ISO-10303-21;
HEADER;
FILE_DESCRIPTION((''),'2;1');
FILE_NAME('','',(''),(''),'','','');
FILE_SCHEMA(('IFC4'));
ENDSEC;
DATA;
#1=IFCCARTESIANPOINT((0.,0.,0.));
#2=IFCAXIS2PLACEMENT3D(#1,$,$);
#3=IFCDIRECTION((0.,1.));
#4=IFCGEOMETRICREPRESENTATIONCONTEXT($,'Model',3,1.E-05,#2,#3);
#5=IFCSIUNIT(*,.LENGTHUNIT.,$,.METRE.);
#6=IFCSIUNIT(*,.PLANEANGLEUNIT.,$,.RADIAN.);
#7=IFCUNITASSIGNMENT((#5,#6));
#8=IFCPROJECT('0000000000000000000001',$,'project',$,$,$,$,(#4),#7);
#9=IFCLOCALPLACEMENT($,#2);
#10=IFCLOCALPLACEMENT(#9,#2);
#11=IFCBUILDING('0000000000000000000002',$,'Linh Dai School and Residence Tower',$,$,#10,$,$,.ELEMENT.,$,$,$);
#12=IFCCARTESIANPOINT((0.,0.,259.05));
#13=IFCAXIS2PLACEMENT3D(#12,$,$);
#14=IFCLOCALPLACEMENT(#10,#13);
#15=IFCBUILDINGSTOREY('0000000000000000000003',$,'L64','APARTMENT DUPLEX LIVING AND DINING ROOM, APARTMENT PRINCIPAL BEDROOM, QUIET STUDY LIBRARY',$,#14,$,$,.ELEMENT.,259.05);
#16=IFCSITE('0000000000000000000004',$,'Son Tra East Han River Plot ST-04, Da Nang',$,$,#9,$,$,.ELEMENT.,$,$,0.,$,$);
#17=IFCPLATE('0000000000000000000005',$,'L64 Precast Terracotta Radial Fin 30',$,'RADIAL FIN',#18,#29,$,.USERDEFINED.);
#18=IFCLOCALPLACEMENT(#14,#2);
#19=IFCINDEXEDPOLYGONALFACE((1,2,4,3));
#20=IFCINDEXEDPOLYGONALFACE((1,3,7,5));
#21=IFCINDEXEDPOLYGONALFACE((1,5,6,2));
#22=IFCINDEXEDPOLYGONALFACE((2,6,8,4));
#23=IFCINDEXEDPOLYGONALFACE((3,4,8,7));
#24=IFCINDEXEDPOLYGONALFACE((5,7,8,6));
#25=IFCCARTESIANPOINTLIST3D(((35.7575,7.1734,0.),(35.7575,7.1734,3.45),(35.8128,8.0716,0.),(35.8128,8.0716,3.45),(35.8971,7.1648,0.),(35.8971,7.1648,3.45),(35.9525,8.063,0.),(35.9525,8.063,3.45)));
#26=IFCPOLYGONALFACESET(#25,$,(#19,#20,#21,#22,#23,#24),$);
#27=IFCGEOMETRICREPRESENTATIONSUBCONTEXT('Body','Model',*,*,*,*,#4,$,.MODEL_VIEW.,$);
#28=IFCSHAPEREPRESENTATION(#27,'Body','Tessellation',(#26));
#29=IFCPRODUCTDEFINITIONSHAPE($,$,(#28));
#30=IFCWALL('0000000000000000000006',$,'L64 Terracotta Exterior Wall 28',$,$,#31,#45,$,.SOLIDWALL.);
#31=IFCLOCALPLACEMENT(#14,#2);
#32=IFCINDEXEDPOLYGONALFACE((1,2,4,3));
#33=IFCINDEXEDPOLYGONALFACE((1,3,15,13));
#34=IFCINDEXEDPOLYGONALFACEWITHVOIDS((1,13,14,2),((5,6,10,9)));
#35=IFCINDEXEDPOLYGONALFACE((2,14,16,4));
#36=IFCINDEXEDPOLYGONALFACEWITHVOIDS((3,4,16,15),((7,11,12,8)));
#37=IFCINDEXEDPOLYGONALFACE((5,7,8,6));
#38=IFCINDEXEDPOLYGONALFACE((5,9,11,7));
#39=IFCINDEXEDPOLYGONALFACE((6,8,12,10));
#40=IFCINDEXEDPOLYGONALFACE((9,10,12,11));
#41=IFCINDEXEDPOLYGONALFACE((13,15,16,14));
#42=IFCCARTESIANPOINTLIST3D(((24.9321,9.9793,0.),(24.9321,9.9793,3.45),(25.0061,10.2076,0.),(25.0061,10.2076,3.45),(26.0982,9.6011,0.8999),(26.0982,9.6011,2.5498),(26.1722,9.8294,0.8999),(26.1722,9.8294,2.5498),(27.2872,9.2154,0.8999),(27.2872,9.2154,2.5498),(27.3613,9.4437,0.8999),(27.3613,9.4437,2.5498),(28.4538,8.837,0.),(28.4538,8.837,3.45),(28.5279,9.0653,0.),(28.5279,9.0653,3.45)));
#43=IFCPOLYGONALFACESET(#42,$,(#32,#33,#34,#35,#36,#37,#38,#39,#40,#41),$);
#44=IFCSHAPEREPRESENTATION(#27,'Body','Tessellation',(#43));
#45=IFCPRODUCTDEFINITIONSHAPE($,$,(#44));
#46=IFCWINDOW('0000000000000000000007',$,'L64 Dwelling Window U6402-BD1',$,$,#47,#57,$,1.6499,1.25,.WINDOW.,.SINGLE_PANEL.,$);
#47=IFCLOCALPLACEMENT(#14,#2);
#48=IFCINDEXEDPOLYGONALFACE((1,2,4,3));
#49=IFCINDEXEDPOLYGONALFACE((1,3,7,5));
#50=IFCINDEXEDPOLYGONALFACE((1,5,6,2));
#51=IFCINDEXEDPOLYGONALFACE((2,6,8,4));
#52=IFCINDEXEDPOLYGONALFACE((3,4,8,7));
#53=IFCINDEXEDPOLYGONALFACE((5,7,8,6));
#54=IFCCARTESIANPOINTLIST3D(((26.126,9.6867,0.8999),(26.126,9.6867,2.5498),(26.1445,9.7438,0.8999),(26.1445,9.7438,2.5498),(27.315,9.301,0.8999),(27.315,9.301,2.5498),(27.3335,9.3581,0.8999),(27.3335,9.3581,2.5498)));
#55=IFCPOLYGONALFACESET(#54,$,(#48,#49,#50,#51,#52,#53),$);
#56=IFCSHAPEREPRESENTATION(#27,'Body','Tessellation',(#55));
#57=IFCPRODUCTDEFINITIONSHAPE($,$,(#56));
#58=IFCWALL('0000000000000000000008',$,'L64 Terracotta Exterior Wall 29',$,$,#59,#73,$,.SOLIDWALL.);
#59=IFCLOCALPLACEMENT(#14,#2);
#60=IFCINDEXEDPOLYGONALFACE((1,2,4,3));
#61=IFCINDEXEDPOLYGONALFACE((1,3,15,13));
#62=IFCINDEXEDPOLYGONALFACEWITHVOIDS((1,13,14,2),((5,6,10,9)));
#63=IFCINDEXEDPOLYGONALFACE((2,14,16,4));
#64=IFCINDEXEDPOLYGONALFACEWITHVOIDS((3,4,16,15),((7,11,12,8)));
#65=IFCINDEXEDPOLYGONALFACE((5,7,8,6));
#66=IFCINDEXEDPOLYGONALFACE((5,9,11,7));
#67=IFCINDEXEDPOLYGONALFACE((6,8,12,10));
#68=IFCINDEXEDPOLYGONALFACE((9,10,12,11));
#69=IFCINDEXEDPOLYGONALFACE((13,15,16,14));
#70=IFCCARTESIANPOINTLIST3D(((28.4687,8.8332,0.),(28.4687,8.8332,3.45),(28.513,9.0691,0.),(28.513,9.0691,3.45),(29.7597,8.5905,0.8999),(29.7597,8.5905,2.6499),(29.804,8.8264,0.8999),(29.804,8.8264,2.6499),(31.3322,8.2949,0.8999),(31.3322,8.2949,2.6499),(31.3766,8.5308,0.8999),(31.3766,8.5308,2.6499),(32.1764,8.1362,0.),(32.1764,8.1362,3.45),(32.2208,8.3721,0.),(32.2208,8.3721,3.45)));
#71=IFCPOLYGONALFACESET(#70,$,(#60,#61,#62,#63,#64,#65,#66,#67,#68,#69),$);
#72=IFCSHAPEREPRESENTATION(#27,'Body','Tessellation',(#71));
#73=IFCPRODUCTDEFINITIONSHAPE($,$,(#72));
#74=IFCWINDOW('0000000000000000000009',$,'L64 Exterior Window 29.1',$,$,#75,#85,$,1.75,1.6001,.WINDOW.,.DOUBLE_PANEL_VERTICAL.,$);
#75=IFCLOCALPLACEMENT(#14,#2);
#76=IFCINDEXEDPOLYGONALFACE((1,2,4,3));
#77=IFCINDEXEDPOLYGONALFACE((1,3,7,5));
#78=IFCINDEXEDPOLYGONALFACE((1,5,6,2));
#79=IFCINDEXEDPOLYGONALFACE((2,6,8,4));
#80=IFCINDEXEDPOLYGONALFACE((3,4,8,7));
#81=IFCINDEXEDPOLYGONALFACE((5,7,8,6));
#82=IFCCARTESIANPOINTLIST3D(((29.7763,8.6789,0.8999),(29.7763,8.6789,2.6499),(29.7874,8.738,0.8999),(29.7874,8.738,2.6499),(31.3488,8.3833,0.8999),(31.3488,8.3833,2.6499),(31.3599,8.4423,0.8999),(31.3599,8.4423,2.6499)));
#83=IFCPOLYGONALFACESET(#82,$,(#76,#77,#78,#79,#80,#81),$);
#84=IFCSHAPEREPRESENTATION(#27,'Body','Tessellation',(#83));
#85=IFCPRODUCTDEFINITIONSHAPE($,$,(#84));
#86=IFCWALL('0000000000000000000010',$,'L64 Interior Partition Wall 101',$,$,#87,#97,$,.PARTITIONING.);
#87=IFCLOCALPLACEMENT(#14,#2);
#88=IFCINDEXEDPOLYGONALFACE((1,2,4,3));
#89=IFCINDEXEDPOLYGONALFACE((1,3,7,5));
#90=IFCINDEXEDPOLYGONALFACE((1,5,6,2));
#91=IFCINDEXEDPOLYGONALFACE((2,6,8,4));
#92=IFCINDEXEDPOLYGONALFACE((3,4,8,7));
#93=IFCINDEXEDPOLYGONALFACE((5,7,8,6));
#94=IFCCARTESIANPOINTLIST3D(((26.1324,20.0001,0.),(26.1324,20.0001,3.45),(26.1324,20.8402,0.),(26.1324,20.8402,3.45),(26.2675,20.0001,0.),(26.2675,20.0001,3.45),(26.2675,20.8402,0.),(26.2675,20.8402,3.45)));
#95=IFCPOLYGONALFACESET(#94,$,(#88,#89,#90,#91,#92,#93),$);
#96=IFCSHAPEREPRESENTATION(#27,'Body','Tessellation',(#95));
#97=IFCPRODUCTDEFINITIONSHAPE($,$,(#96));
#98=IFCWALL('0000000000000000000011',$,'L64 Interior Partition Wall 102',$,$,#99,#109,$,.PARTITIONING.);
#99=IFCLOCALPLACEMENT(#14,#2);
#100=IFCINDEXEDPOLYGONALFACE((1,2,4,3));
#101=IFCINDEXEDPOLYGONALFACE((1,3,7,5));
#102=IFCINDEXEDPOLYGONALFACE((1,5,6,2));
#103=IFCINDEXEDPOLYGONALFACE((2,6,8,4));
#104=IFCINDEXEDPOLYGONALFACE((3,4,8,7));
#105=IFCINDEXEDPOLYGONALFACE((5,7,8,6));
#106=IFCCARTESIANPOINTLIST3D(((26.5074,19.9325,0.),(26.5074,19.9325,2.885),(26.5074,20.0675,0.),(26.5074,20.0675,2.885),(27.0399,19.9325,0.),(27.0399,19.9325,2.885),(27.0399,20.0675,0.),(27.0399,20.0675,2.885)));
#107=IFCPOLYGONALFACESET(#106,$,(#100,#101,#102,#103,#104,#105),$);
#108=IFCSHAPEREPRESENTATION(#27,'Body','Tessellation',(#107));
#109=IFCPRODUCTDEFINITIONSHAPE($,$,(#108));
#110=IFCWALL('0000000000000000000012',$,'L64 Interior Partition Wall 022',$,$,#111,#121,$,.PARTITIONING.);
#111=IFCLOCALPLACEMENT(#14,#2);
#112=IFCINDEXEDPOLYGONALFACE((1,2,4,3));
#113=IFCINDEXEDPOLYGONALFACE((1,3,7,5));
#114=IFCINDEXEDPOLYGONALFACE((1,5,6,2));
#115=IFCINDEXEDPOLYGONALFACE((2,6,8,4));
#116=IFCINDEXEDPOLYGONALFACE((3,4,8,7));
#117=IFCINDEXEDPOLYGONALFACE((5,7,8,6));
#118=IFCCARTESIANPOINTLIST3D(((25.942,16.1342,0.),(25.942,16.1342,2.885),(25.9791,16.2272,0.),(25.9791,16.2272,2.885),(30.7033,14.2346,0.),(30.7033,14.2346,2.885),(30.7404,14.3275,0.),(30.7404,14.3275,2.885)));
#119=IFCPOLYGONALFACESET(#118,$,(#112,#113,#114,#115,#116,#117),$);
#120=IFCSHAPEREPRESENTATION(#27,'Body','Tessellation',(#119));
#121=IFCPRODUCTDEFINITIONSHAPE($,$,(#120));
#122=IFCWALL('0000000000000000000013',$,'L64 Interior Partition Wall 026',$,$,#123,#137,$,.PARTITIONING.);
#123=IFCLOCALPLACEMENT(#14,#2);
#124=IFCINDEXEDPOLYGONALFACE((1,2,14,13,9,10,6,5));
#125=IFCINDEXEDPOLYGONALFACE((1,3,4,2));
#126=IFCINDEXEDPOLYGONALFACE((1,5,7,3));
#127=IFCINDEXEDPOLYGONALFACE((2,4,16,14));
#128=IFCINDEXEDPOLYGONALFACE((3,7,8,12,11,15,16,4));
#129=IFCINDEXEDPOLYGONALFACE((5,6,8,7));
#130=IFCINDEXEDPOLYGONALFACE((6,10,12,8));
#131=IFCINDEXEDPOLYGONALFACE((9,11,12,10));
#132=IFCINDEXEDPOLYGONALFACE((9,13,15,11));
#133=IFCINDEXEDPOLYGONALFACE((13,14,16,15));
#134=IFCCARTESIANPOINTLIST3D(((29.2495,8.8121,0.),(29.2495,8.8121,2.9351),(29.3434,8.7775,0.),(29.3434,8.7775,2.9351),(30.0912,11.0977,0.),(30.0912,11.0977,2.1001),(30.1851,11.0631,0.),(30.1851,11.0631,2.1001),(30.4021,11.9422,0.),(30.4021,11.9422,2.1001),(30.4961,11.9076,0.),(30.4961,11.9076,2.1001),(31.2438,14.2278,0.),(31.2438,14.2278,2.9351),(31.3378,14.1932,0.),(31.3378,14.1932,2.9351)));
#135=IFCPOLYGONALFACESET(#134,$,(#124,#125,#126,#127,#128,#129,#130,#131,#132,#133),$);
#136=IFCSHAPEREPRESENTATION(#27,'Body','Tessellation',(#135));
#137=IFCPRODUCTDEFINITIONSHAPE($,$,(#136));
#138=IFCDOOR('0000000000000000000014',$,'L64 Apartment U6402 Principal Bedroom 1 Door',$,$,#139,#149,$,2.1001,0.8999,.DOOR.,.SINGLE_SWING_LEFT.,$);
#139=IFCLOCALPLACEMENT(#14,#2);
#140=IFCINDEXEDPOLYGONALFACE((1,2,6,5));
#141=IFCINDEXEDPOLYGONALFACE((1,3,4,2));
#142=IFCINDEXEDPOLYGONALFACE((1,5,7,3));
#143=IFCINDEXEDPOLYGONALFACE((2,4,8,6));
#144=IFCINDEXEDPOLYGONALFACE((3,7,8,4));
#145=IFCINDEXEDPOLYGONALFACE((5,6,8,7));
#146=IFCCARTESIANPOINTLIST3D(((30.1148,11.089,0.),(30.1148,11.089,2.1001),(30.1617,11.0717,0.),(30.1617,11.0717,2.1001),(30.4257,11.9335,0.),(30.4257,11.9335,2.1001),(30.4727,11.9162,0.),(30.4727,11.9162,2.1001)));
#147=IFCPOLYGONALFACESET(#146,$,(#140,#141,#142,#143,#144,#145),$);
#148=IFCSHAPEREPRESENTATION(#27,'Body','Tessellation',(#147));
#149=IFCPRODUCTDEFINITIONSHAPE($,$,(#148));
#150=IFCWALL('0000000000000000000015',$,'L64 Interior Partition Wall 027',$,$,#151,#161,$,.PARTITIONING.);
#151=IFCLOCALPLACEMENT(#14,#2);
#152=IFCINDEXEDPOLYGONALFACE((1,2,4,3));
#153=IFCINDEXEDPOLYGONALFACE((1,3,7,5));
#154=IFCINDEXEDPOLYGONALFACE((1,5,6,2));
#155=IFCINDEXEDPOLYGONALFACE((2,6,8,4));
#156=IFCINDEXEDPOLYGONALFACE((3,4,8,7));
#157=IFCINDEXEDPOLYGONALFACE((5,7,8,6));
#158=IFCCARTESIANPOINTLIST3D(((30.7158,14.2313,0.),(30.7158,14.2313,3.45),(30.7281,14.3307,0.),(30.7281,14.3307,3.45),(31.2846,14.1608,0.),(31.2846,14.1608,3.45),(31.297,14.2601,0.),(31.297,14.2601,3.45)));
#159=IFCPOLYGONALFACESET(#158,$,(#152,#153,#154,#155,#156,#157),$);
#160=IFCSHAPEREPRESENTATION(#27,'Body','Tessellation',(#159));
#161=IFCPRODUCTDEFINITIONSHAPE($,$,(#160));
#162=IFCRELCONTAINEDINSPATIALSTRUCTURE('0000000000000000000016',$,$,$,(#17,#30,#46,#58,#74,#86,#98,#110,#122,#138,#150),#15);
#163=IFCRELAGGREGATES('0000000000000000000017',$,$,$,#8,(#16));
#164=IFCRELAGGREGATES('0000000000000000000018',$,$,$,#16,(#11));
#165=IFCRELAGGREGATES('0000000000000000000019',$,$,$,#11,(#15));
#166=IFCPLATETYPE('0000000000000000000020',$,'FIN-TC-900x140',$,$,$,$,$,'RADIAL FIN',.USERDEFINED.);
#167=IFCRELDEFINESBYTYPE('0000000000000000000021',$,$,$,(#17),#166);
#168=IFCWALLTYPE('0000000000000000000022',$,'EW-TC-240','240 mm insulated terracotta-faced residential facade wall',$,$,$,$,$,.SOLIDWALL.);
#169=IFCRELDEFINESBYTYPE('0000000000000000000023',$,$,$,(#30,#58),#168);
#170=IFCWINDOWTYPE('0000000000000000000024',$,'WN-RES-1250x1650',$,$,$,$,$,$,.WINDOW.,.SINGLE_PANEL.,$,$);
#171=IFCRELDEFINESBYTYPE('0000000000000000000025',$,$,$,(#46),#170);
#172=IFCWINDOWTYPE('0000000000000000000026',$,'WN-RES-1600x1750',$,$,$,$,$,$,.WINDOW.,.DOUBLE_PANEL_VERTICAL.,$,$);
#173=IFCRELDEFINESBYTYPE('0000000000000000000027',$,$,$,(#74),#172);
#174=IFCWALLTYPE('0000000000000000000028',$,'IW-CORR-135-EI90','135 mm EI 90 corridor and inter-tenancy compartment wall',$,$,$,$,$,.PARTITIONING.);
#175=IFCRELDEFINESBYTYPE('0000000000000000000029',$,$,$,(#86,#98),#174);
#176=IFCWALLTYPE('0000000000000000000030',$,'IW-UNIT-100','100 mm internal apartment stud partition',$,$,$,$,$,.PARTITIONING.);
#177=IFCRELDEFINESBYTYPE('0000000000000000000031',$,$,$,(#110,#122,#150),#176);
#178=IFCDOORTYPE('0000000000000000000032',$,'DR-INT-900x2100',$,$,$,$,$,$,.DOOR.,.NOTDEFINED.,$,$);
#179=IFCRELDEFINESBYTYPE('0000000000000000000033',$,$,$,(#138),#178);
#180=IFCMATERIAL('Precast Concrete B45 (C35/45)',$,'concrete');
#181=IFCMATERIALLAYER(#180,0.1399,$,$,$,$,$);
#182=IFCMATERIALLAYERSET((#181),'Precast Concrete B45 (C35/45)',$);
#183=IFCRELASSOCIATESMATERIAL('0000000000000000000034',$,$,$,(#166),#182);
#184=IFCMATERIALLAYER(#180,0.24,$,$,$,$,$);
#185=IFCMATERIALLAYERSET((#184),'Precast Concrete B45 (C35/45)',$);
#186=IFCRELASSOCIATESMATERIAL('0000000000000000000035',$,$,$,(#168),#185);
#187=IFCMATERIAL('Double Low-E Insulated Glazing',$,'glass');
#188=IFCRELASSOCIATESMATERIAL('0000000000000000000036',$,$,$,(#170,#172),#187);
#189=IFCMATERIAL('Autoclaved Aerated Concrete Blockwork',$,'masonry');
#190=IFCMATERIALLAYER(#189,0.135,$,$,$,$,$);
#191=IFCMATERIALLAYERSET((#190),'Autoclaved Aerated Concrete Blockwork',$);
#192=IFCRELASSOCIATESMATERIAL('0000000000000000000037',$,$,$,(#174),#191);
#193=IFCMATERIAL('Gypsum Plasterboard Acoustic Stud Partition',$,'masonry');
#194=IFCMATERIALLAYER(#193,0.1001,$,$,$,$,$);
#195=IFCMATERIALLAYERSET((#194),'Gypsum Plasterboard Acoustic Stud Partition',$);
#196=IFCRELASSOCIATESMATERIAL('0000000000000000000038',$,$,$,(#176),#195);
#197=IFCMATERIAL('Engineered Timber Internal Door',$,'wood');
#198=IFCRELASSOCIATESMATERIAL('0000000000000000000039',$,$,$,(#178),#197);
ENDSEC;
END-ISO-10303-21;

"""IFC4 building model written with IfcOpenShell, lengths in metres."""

from ifc_helpers import new_model, si_unit, direction, frame, frame_2d, origin, origin_2d, place, context, subcontext, project, spatial, rectangle, extrude, source, transform, mapped, material, layer, layer_set, type_object, element, fill, save


model = new_model("IFC4")

# Units and contexts
model_context = context("Model", 3, precision=1e-05, world=origin(), true_north=direction((0.0, 1.0)))
body_context = subcontext(model_context, "Body", "Model", "MODEL_VIEW")
ifc_project = project(units=[si_unit("LENGTHUNIT", "METRE"), si_unit("PLANEANGLEUNIT", "RADIAN")], contexts=[model_context])

# Site, building, storey
site_placement = place(None, origin())
site = spatial("IfcSite", under=ifc_project, at=site_placement, Name="Son Tra East Han River Plot ST-04, Da Nang", CompositionType="ELEMENT", RefElevation=0.0)
building_placement = place(site_placement, origin())
building = spatial("IfcBuilding", under=site, at=building_placement, Name="Linh Dai School and Residence Tower", CompositionType="ELEMENT")
storey_placement = place(building_placement, frame((0.0, 0.0, 259.05)))
storey = spatial("IfcBuildingStorey", under=building, at=storey_placement, Name="L64", Description="APARTMENT DUPLEX LIVING AND DINING ROOM, APARTMENT PRINCIPAL BEDROOM, QUIET STUDY LIBRARY", CompositionType="ELEMENT", Elevation=259.05)

# Plate
ifc_material_1 = material(Name="Precast Concrete B45 (C35/45)", Category="concrete")
ifc_layer_1 = layer(ifc_material_1, 0.1399)
ifc_layer_set_1 = layer_set([ifc_layer_1], Name="Precast Concrete B45 (C35/45)")
plate_type = type_object("IfcPlateType", Name="FIN-TC-900x140", ElementType="RADIAL FIN", PredefinedType="USERDEFINED", material=ifc_layer_set_1)
shared_shape_1 = source(origin(), body_context, "Body", "SweptSolid", [
    extrude(rectangle(XDim=0.8999, YDim=0.1399, at=origin_2d()), origin(), (0.0, 0.0, 1.0), 3.45),
])
plate_placement = place(storey_placement, frame((35.855, 7.6182, 0.0), z_axis=(0.0, 0.0, 1.0), x_axis=(-0.061504, -0.998107, 0.0)))
element("IfcPlate", 1, at=plate_placement, inside=storey, type_object=plate_type, Name="L64 Precast Terracotta Radial Fin 30", ObjectType="RADIAL FIN", PredefinedType="USERDEFINED", context=body_context, shape_type="MappedRepresentation", body=[
    mapped(shared_shape_1, transform((0.0, 0.0, 0.0), x_axis=(1.0, 0.0, 0.0), y_axis=(0.0, 1.0, 0.0), z_axis=(0.0, 0.0, 1.0), scale=1.0)),
])

# Walls, openings, windows
ifc_layer_2 = layer(ifc_material_1, 0.24)
ifc_layer_set_2 = layer_set([ifc_layer_2], Name="Precast Concrete B45 (C35/45)")
wall_type_1 = type_object("IfcWallType", Name="EW-TC-240", Description="240 mm insulated terracotta-faced residential facade wall", PredefinedType="SOLIDWALL", material=ifc_layer_set_2)
wall_1_placement = place(storey_placement, frame((28.4907, 8.9512, 0.0), z_axis=(0.0, 0.0, 1.0), x_axis=(-0.951211, 0.308542, 0.0)))
wall_1 = element("IfcWall", 2, at=wall_1_placement, inside=storey, type_object=wall_type_1, Name="L64 Terracotta Exterior Wall 28", PredefinedType="SOLIDWALL", context=body_context, shape_type="SweptSolid", body=[
    extrude(rectangle(XDim=3.7024, YDim=0.24, at=frame_2d((1.8511, 0.0))), origin(), (0.0, 0.0, 1.0), 3.45),
])
opening_1_placement = place(wall_1_placement, frame((1.2263, 0.0, 0.8999)))
opening_1 = element("IfcOpeningElement", 3, at=opening_1_placement, cuts=wall_1, PredefinedType="OPENING", context=body_context, shape_type="SweptSolid", body=[
    extrude(rectangle(XDim=1.25, YDim=1.6499, at=origin_2d()), frame((0.625, 0.1299, 0.825), z_axis=(0.0, -1.0, 0.0), x_axis=(1.0, 0.0, 0.0)), (0.0, 0.0, 1.0), 0.26),
])
ifc_material_2 = material(Name="Double Low-E Insulated Glazing", Category="glass")
window_type_1 = type_object("IfcWindowType", Name="WN-RES-1250x1650", PartitioningType="SINGLE_PANEL", PredefinedType="WINDOW", material=ifc_material_2)
shared_shape_2 = source(origin(), body_context, "Body", "SweptSolid", [
    extrude(rectangle(XDim=1.25, YDim=1.6499, at=origin_2d()), frame((0.625, 0.03, 0.825), z_axis=(0.0, -1.0, 0.0), x_axis=(1.0, 0.0, 0.0)), (0.0, 0.0, 1.0), 0.0601),
])
window_1_placement = place(opening_1_placement, origin())
window_1 = element("IfcWindow", 4, at=window_1_placement, inside=storey, type_object=window_type_1, Name="L64 Dwelling Window U6402-BD1", OverallHeight=1.6499, OverallWidth=1.25, PartitioningType="SINGLE_PANEL", PredefinedType="WINDOW", context=body_context, shape_type="MappedRepresentation", body=[
    mapped(shared_shape_2, transform((0.0, 0.0, 0.0), x_axis=(1.0, 0.0, 0.0), y_axis=(0.0, 1.0, 0.0), z_axis=(0.0, 0.0, 1.0), scale=1.0)),
])
fill(opening_1, window_1)
wall_2_placement = place(storey_placement, frame((32.1985, 8.2542, 0.0), z_axis=(0.0, 0.0, 1.0), x_axis=(-0.982785, 0.184753, 0.0)))
wall_2 = element("IfcWall", 5, at=wall_2_placement, inside=storey, type_object=wall_type_1, Name="L64 Terracotta Exterior Wall 29", PredefinedType="SOLIDWALL", context=body_context, shape_type="SweptSolid", body=[
    extrude(rectangle(XDim=3.7727, YDim=0.24, at=frame_2d((1.8862, 0.0))), origin(), (0.0, 0.0, 1.0), 3.45),
])
opening_2_placement = place(wall_2_placement, frame((0.8589, 0.0, 0.8999)))
opening_2 = element("IfcOpeningElement", 6, at=opening_2_placement, cuts=wall_2, PredefinedType="OPENING", context=body_context, shape_type="SweptSolid", body=[
    extrude(rectangle(XDim=1.6001, YDim=1.75, at=origin_2d()), frame((0.8, 0.1299, 0.875), z_axis=(0.0, -1.0, 0.0), x_axis=(1.0, 0.0, 0.0)), (0.0, 0.0, 1.0), 0.26),
])
window_type_2 = type_object("IfcWindowType", Name="WN-RES-1600x1750", PartitioningType="DOUBLE_PANEL_VERTICAL", PredefinedType="WINDOW", material=ifc_material_2)
shared_shape_3 = source(origin(), body_context, "Body", "SweptSolid", [
    extrude(rectangle(XDim=1.6001, YDim=1.75, at=origin_2d()), frame((0.8, 0.03, 0.875), z_axis=(0.0, -1.0, 0.0), x_axis=(1.0, 0.0, 0.0)), (0.0, 0.0, 1.0), 0.0601),
])
window_2_placement = place(opening_2_placement, origin())
window_2 = element("IfcWindow", 7, at=window_2_placement, inside=storey, type_object=window_type_2, Name="L64 Exterior Window 29.1", OverallHeight=1.75, OverallWidth=1.6001, PartitioningType="DOUBLE_PANEL_VERTICAL", PredefinedType="WINDOW", context=body_context, shape_type="MappedRepresentation", body=[
    mapped(shared_shape_3, transform((0.0, 0.0, 0.0), x_axis=(1.0, 0.0, 0.0), y_axis=(0.0, 1.0, 0.0), z_axis=(0.0, 0.0, 1.0), scale=1.0)),
])
fill(opening_2, window_2)

# Shared definitions
ifc_material_3 = material(Name="Autoclaved Aerated Concrete Blockwork", Category="masonry")
ifc_layer_3 = layer(ifc_material_3, 0.135)
ifc_layer_set_3 = layer_set([ifc_layer_3], Name="Autoclaved Aerated Concrete Blockwork")
wall_type_2 = type_object("IfcWallType", Name="IW-CORR-135-EI90", Description="135 mm EI 90 corridor and inter-tenancy compartment wall", PredefinedType="PARTITIONING", material=ifc_layer_set_3)

# Walls
wall_3_placement = place(storey_placement, frame((26.2, 20.8401, 0.0), z_axis=(0.0, 0.0, 1.0), x_axis=(0.0, -1.0, 0.0)))
element("IfcWall", 8, at=wall_3_placement, inside=storey, type_object=wall_type_2, Name="L64 Interior Partition Wall 101", PredefinedType="PARTITIONING", context=body_context, shape_type="SweptSolid", body=[
    extrude(rectangle(XDim=0.8401, YDim=0.135, at=frame_2d((0.4199, 0.0))), origin(), (0.0, 0.0, 1.0), 3.45),
])
wall_4_placement = place(storey_placement, frame((26.5076, 20.0, 0.0), z_axis=(0.0, 0.0, 1.0), x_axis=(1.0, 0.0, 0.0)))
element("IfcWall", 9, at=wall_4_placement, inside=storey, type_object=wall_type_2, Name="L64 Interior Partition Wall 102", PredefinedType="PARTITIONING", context=body_context, shape_type="SweptSolid", body=[
    extrude(rectangle(XDim=0.5325, YDim=0.135, at=frame_2d((0.2661, 0.0))), origin(), (0.0, 0.0, 1.0), 2.885),
])

# Wall
ifc_material_4 = material(Name="Gypsum Plasterboard Acoustic Stud Partition", Category="masonry")
ifc_layer_4 = layer(ifc_material_4, 0.1001)
ifc_layer_set_4 = layer_set([ifc_layer_4], Name="Gypsum Plasterboard Acoustic Stud Partition")
wall_type_3 = type_object("IfcWallType", Name="IW-UNIT-100", Description="100 mm internal apartment stud partition", PredefinedType="PARTITIONING", material=ifc_layer_set_4)
wall_5_placement = place(storey_placement, frame((25.9607, 16.1807, 0.0), z_axis=(0.0, 0.0, 1.0), x_axis=(0.928802, -0.370578, 0.0)))
element("IfcWall", 10, at=wall_5_placement, inside=storey, type_object=wall_type_3, Name="L64 Interior Partition Wall 022", PredefinedType="PARTITIONING", context=body_context, shape_type="SweptSolid", body=[
    extrude(rectangle(XDim=5.1262, YDim=0.1001, at=frame_2d((2.563, 0.0))), origin(), (0.0, 0.0, 1.0), 2.885),
])

# Wall, opening, door
wall_6_placement = place(storey_placement, frame((29.2964, 8.7947, 0.0), z_axis=(0.0, 0.0, 1.0), x_axis=(0.345568, 0.938394, 0.0)))
wall_6 = element("IfcWall", 11, at=wall_6_placement, inside=storey, type_object=wall_type_3, Name="L64 Interior Partition Wall 026", PredefinedType="PARTITIONING", context=body_context, shape_type="SweptSolid", body=[
    extrude(rectangle(XDim=5.7712, YDim=0.1001, at=frame_2d((2.8857, 0.0))), origin(), (0.0, 0.0, 1.0), 2.9351),
])
opening_3_placement = place(wall_6_placement, frame((2.4358, 0.0, 0.0)))
opening_3 = element("IfcOpeningElement", 12, at=opening_3_placement, cuts=wall_6, PredefinedType="OPENING", context=body_context, shape_type="SweptSolid", body=[
    extrude(rectangle(XDim=0.8999, YDim=2.1001, at=origin_2d()), frame((0.45, 0.0601, 1.05), z_axis=(0.0, -1.0, 0.0), x_axis=(1.0, 0.0, 0.0)), (0.0, 0.0, 1.0), 0.1201),
])
ifc_material_5 = material(Name="Engineered Timber Internal Door", Category="wood")
door_type_1 = type_object("IfcDoorType", Name="DR-INT-900x2100", OperationType="NOTDEFINED", PredefinedType="DOOR", material=ifc_material_5)
shared_shape_4 = source(origin(), body_context, "Body", "SweptSolid", [
    extrude(rectangle(XDim=0.8999, YDim=2.1001, at=origin_2d()), frame((0.45, 0.0249, 1.05), z_axis=(0.0, -1.0, 0.0), x_axis=(1.0, 0.0, 0.0)), (0.0, 0.0, 1.0), 0.05),
])
door_1_placement = place(opening_3_placement, origin())
door_1 = element("IfcDoor", 13, at=door_1_placement, inside=storey, type_object=door_type_1, Name="L64 Apartment U6402 Principal Bedroom 1 Door", OperationType="SINGLE_SWING_LEFT", OverallHeight=2.1001, OverallWidth=0.8999, PredefinedType="DOOR", context=body_context, shape_type="MappedRepresentation", body=[
    mapped(shared_shape_4, transform((0.0, 0.0, 0.0), x_axis=(1.0, 0.0, 0.0), y_axis=(0.0, 1.0, 0.0), z_axis=(0.0, 0.0, 1.0), scale=1.0)),
])
fill(opening_3, door_1)

# Wall
wall_7_placement = place(storey_placement, frame((30.7219, 14.281, 0.0), z_axis=(0.0, 0.0, 1.0), x_axis=(0.992395, -0.123091, 0.0)))
element("IfcWall", 14, at=wall_7_placement, inside=storey, type_object=wall_type_3, Name="L64 Interior Partition Wall 027", PredefinedType="PARTITIONING", context=body_context, shape_type="SweptSolid", body=[
    extrude(rectangle(XDim=0.5732, YDim=0.1001, at=frame_2d((0.2866, 0.0))), origin(), (0.0, 0.0, 1.0), 3.45),
])

save(model, "model.ifc")
